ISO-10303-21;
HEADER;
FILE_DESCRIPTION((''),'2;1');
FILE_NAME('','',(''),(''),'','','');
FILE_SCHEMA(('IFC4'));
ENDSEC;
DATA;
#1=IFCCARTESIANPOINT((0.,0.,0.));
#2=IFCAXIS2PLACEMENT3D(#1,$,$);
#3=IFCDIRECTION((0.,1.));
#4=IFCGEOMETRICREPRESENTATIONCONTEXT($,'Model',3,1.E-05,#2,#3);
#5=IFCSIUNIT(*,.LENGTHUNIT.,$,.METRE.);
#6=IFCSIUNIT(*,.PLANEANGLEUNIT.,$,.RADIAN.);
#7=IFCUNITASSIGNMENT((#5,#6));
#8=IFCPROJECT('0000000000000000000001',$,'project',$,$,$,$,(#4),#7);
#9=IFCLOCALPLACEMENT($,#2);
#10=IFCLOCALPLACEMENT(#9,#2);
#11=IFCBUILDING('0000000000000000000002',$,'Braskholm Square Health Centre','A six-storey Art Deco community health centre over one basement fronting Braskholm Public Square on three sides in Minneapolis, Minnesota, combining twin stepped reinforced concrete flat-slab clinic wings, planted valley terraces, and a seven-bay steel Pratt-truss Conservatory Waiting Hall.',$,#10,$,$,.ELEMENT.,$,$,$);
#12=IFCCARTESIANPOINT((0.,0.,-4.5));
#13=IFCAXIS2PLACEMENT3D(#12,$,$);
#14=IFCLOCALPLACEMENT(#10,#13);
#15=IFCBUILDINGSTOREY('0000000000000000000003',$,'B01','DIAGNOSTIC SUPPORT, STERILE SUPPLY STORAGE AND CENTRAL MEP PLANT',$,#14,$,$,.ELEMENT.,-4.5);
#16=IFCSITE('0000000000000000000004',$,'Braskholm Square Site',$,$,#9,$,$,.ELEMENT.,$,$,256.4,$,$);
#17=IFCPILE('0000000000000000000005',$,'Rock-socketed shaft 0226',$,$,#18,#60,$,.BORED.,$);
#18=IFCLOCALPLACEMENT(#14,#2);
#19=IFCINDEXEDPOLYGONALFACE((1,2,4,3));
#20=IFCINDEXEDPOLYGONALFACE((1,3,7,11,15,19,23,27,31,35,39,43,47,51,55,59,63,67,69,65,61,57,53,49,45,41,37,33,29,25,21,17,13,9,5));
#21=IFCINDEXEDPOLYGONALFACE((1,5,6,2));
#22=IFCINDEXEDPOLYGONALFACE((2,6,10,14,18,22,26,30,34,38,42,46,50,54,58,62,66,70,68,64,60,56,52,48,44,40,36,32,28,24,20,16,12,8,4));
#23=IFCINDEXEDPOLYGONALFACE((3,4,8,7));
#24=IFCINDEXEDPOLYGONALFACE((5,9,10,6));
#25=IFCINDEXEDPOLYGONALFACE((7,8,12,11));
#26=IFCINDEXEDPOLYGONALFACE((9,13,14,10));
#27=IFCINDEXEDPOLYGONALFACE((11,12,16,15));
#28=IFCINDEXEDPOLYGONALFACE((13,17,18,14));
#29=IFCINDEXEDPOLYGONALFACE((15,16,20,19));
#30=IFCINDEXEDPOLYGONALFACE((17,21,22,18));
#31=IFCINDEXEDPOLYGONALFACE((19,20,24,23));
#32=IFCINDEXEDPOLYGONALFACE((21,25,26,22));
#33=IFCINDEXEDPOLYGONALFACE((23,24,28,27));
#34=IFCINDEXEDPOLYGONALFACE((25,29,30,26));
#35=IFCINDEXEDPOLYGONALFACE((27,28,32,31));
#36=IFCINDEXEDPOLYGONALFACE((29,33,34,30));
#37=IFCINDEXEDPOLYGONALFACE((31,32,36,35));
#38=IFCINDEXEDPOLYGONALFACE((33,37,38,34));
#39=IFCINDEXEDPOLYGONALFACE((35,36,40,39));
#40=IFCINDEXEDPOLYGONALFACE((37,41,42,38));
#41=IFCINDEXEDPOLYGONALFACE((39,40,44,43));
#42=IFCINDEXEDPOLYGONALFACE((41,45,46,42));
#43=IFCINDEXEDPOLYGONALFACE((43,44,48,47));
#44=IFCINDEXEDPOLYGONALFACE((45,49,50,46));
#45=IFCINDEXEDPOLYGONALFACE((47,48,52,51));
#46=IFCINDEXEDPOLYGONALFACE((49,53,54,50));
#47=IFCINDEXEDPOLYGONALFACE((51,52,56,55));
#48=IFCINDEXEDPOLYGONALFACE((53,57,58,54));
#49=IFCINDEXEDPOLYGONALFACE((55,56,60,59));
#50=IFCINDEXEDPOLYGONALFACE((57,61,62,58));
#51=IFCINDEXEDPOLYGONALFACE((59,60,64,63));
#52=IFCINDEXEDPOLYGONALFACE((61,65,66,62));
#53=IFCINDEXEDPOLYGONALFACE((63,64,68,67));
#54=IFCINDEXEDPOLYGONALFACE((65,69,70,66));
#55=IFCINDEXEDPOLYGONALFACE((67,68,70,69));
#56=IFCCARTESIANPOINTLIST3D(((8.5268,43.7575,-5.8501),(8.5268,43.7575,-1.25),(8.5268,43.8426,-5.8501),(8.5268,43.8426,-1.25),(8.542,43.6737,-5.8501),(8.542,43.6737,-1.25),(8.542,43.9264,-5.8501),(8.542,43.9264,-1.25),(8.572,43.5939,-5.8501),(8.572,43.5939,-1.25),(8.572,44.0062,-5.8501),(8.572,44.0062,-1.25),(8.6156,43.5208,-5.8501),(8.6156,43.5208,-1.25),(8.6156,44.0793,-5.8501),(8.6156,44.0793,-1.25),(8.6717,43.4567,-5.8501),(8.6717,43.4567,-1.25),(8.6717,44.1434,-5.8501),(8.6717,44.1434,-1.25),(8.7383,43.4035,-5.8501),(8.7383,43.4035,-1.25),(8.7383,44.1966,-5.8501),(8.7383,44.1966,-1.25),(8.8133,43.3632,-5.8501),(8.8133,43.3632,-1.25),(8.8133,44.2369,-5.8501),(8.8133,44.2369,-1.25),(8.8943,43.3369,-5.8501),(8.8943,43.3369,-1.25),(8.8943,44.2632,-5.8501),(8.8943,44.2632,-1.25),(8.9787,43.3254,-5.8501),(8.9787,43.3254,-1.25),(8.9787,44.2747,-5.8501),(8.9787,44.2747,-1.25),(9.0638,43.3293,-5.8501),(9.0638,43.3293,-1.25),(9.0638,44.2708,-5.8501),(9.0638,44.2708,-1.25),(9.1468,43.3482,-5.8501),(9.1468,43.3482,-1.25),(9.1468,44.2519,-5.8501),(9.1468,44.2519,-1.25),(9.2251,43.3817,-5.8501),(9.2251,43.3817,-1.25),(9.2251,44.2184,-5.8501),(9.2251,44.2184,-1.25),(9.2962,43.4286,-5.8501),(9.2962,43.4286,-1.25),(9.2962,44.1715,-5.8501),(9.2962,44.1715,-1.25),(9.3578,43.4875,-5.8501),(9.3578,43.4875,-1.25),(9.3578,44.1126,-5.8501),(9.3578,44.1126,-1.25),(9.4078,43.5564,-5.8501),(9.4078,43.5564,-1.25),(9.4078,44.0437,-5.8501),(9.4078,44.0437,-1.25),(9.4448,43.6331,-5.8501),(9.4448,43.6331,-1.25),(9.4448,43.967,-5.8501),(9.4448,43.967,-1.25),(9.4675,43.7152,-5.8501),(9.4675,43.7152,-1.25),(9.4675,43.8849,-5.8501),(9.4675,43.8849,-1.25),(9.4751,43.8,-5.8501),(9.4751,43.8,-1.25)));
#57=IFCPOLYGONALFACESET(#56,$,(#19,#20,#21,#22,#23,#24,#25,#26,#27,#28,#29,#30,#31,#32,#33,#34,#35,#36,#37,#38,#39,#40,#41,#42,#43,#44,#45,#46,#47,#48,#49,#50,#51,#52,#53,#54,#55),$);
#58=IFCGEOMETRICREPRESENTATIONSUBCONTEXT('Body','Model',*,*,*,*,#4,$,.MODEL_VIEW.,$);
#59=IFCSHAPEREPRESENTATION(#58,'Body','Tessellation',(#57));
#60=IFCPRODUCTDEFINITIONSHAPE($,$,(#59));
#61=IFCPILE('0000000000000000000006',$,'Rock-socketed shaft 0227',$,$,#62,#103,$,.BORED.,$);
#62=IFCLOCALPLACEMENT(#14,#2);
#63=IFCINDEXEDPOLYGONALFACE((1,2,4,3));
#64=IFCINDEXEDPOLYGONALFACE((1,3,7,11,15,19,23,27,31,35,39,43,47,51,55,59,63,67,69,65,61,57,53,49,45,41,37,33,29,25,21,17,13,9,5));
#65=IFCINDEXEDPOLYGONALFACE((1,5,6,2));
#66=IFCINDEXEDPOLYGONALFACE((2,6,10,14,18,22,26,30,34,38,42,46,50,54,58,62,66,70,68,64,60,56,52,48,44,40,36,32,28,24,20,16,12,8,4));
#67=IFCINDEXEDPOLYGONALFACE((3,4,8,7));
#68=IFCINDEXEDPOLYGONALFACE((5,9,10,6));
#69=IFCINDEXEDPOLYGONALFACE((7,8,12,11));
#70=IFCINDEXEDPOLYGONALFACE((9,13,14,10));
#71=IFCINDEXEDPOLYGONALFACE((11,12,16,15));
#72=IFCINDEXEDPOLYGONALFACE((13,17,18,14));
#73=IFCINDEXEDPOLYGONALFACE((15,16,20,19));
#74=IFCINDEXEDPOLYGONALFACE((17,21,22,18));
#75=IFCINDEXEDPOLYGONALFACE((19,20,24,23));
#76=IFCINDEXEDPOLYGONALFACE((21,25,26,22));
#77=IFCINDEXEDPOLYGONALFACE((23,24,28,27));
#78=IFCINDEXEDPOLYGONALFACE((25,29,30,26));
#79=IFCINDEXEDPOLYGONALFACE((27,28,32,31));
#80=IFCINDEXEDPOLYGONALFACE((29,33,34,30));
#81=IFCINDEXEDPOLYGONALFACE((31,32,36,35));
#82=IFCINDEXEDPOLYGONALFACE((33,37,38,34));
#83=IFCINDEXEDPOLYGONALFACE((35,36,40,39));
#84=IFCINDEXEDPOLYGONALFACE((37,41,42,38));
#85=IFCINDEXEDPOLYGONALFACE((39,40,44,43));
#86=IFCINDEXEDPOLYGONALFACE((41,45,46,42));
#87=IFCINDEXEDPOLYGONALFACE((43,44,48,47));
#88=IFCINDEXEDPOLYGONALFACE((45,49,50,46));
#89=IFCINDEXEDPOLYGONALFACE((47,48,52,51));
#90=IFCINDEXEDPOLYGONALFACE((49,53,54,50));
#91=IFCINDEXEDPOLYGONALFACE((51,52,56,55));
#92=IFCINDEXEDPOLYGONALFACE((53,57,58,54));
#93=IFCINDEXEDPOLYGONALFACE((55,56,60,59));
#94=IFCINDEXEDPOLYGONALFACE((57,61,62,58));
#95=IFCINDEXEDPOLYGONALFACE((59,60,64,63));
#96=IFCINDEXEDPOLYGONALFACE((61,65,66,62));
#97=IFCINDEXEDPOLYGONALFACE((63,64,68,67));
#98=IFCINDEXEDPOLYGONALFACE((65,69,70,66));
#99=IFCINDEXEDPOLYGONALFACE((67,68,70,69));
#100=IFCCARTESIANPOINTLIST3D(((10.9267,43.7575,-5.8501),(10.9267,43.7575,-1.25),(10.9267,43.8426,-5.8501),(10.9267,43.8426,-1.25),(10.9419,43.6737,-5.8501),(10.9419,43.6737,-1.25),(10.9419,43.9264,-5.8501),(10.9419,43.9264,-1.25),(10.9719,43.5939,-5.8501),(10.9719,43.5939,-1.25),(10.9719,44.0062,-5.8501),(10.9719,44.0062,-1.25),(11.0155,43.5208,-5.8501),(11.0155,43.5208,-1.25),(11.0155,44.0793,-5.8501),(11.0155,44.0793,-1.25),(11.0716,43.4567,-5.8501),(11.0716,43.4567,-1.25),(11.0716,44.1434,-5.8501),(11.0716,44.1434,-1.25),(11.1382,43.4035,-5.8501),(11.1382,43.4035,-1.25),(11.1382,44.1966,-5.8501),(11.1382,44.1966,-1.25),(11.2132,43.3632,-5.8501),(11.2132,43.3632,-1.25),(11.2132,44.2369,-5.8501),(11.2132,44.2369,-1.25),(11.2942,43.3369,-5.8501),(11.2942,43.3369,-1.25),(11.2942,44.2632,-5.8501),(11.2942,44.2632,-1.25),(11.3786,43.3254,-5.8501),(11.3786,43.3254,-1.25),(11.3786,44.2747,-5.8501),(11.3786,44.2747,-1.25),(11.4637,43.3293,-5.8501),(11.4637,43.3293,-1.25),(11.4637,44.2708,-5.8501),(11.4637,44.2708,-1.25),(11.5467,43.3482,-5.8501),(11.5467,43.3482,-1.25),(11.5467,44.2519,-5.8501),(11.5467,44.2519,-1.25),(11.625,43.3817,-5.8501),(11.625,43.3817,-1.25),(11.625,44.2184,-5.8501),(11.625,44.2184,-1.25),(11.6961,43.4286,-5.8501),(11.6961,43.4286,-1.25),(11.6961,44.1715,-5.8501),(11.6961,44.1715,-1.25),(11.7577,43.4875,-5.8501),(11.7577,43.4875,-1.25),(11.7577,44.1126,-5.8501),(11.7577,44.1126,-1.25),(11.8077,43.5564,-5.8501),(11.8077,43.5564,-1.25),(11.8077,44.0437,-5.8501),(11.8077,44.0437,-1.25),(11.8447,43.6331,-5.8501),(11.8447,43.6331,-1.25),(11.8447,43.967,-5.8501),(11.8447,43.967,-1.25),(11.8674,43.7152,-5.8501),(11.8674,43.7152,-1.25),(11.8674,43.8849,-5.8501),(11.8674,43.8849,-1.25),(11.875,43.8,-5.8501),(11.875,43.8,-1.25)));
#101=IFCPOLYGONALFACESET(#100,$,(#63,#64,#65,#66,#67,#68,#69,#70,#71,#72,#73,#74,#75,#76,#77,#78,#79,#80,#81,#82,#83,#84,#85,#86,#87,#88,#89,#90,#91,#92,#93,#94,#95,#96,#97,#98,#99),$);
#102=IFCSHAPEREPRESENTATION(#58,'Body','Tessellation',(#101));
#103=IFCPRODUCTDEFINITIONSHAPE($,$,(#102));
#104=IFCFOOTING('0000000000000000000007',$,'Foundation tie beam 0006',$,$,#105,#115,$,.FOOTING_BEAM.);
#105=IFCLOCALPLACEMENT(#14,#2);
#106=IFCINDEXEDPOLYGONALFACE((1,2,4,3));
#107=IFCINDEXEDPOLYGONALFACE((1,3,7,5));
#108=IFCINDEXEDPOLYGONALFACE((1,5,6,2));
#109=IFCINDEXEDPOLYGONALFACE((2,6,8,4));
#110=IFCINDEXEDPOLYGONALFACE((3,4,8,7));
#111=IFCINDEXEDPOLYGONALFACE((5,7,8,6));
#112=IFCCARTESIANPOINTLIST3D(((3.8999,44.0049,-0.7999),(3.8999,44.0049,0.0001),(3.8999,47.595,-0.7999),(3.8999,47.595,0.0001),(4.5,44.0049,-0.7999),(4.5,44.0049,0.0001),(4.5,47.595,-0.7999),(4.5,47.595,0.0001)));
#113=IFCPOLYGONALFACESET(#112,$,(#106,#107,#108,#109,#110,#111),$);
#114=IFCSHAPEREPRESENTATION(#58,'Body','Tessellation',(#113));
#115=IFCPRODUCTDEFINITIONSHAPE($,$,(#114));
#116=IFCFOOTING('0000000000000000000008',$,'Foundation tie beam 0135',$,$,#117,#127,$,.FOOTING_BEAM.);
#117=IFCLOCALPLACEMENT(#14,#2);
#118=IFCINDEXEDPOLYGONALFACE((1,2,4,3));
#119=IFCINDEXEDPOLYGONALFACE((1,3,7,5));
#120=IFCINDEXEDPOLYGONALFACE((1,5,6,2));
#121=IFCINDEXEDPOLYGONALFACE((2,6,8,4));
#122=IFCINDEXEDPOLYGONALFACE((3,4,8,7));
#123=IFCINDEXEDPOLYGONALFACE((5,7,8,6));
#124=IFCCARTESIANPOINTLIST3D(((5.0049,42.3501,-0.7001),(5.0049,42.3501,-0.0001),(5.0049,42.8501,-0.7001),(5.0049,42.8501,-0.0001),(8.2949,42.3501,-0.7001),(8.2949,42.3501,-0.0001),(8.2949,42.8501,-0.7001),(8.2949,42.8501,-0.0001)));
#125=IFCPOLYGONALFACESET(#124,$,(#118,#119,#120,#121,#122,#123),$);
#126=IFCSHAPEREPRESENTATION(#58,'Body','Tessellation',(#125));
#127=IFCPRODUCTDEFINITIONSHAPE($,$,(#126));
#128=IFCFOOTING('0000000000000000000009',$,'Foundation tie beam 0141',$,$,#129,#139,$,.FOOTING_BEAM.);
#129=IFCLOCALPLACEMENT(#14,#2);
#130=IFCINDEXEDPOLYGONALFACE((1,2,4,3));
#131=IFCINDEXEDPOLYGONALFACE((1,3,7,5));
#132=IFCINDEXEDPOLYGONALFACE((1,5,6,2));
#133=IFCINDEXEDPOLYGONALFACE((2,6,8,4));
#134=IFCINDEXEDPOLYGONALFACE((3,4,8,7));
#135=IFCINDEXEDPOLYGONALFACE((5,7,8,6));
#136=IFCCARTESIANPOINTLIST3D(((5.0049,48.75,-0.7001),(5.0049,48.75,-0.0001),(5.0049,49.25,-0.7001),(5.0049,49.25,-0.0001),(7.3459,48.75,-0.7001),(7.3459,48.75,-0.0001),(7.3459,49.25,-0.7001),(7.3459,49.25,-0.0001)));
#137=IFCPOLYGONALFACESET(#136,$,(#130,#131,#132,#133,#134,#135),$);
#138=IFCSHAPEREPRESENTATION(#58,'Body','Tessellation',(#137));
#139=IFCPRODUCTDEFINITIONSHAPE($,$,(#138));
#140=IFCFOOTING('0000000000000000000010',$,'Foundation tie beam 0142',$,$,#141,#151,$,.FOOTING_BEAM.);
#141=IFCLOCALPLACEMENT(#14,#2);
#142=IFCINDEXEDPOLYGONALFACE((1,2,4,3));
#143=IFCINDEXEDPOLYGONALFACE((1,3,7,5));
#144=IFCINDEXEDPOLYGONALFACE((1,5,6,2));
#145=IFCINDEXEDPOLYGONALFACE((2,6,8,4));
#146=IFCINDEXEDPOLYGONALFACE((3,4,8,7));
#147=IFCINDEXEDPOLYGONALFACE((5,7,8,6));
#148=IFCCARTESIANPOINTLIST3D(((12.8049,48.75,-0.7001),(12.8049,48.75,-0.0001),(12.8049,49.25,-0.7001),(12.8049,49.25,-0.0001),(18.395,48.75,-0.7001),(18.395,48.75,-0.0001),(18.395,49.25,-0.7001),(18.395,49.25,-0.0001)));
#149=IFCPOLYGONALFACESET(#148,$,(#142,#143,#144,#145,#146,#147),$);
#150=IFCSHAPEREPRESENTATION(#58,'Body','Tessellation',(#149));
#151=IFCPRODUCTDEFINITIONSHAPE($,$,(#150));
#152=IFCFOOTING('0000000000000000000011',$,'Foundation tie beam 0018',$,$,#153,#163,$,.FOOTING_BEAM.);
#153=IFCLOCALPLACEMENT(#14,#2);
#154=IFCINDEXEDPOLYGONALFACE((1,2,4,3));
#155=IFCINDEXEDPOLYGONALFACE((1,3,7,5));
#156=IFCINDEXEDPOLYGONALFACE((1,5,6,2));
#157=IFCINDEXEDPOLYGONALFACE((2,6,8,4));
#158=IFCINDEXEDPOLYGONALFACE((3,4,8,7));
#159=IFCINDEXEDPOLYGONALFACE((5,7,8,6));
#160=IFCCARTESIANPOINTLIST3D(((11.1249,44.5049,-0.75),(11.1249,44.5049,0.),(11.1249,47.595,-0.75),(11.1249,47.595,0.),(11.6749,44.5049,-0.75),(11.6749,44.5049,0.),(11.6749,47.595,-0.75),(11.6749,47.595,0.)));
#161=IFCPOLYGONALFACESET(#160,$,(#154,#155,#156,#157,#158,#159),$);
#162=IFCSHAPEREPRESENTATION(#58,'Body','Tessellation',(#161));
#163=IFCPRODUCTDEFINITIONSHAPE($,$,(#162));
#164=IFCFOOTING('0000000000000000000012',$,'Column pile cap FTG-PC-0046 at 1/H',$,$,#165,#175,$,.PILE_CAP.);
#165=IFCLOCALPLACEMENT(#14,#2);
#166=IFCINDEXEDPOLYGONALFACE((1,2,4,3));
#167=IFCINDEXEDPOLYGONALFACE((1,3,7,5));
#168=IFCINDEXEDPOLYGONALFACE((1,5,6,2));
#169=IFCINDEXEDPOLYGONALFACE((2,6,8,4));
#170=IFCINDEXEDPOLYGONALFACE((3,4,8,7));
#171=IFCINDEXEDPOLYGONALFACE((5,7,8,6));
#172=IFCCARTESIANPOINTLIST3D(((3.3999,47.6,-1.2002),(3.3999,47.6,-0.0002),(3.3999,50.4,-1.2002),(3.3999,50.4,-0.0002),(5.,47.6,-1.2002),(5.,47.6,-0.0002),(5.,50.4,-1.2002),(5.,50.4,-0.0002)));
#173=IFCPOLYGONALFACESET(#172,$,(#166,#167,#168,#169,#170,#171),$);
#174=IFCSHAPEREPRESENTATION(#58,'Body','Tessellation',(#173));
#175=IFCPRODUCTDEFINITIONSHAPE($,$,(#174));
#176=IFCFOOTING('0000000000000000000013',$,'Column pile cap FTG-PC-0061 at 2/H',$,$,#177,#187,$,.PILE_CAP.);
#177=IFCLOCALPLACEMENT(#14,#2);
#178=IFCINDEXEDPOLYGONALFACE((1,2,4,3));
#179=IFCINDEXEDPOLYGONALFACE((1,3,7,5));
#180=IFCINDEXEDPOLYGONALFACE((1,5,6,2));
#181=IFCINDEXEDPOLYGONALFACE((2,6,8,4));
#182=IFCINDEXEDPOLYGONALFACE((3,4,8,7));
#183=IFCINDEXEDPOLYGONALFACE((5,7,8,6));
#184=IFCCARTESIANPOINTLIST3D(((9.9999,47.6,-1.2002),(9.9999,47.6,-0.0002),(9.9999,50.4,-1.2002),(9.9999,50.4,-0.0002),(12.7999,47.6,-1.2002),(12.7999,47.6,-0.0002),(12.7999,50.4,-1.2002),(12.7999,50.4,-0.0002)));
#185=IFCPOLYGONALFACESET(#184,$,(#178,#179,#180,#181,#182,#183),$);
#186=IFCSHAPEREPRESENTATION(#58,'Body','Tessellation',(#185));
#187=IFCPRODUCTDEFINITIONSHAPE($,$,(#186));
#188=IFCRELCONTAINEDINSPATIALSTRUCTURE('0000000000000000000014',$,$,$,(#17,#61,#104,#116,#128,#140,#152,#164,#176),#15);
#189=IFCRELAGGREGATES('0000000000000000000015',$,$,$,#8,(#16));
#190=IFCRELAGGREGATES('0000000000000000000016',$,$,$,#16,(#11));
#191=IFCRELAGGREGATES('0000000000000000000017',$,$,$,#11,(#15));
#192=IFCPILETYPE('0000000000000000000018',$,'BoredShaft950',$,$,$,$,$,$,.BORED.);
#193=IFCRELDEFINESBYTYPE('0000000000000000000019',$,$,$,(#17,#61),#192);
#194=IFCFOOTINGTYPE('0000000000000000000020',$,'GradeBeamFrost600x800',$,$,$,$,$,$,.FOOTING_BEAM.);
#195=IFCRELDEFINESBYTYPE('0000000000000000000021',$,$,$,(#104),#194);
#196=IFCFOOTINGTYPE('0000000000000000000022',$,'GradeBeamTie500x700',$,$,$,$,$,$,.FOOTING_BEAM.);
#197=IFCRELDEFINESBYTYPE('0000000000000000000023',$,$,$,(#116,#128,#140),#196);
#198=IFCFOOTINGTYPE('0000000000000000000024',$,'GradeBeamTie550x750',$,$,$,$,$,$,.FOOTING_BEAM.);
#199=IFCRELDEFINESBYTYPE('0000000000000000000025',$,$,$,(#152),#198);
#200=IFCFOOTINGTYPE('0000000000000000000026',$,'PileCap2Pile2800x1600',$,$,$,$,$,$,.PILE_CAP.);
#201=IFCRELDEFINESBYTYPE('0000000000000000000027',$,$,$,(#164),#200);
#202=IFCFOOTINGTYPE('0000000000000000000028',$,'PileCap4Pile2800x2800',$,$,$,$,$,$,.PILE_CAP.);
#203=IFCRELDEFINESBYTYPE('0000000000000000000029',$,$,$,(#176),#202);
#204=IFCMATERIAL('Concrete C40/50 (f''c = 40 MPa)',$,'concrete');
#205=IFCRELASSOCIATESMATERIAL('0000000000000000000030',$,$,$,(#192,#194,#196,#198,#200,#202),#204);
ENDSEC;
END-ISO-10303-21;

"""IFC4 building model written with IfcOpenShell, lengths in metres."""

from ifc_helpers import new_model, si_unit, direction, frame, origin, origin_2d, place, context, subcontext, project, spatial, rectangle, circle, extrude, material, material_profile, profile_set, type_object, element, save


model = new_model("IFC4")

# Units and contexts
model_context = context("Model", 3, precision=1e-05, world=origin(), true_north=direction((0.0, 1.0)))
body_context = subcontext(model_context, "Body", "Model", "MODEL_VIEW")
ifc_project = project(units=[si_unit("LENGTHUNIT", "METRE"), si_unit("PLANEANGLEUNIT", "RADIAN")], contexts=[model_context])

# Site, building, storey
site_placement = place(None, origin())
site = spatial("IfcSite", under=ifc_project, at=site_placement, Name="Braskholm Square Site", CompositionType="ELEMENT", RefElevation=256.4)
building_placement = place(site_placement, origin())
building = spatial("IfcBuilding", under=site, at=building_placement, Name="Braskholm Square Health Centre", Description="A six-storey Art Deco community health centre over one basement fronting Braskholm Public Square on three sides in Minneapolis, Minnesota, combining twin stepped reinforced concrete flat-slab clinic wings, planted valley terraces, and a seven-bay steel Pratt-truss Conservatory Waiting Hall.", CompositionType="ELEMENT")
storey_placement = place(building_placement, frame((0.0, 0.0, -4.5)))
storey = spatial("IfcBuildingStorey", under=building, at=storey_placement, Name="B01", Description="DIAGNOSTIC SUPPORT, STERILE SUPPLY STORAGE AND CENTRAL MEP PLANT", CompositionType="ELEMENT", Elevation=-4.5)

# Piles
ifc_material_1 = material(Name="Concrete C40/50 (f'c = 40 MPa)", Category="concrete")
ifc_material_profile_1 = material_profile(ifc_material_1, circle(Radius=0.4751, at=origin_2d()), Name="BORED-PILE-950")
ifc_profile_set_1 = profile_set([ifc_material_profile_1], Name="Concrete C40/50 (f'c = 40 MPa)")
pile_type_1 = type_object("IfcPileType", Name="BoredShaft950", PredefinedType="BORED", material=ifc_profile_set_1)
for number, where, z_axis, x_axis, name in (
    (1, (9.0, 43.8, -1.25), (0.0, 0.0, -1.0), (1.0, 0.0, 0.0), "Rock-socketed shaft 0226"),
    (2, (11.3999, 43.8, -1.25), (0.0, 0.0, -1.0), (1.0, 0.0, 0.0), "Rock-socketed shaft 0227"),
):
    element("IfcPile", number, at=place(storey_placement, frame(where, z_axis=z_axis, x_axis=x_axis)), inside=storey, type_object=pile_type_1, Name=name, PredefinedType="BORED", context=body_context, shape_type="SweptSolid", body=[
        extrude(circle(Radius=0.4751, at=origin_2d()), origin(), (0.0, 0.0, 1.0), 4.6001),
    ])

# Footings
ifc_material_profile_2 = material_profile(ifc_material_1, rectangle(XDim=0.6001, YDim=0.8, at=origin_2d()), Name="FTG-600X800")
ifc_profile_set_2 = profile_set([ifc_material_profile_2], Name="Concrete C40/50 (f'c = 40 MPa)")
footing_type_1 = type_object("IfcFootingType", Name="GradeBeamFrost600x800", PredefinedType="FOOTING_BEAM", material=ifc_profile_set_2)
footing_1_placement = place(storey_placement, frame((4.2, 44.0049, -0.3999), z_axis=(0.0, 1.0, 0.0), x_axis=(-1.0, 0.0, 0.0)))
element("IfcFooting", 3, at=footing_1_placement, inside=storey, type_object=footing_type_1, Name="Foundation tie beam 0006", PredefinedType="FOOTING_BEAM", context=body_context, shape_type="SweptSolid", body=[
    extrude(rectangle(XDim=0.6001, YDim=0.8, at=origin_2d()), origin(), (0.0, 0.0, 1.0), 3.5901),
])
ifc_material_profile_3 = material_profile(ifc_material_1, rectangle(XDim=0.5, YDim=0.7, at=origin_2d()), Name="FTG-500X700")
ifc_profile_set_3 = profile_set([ifc_material_profile_3], Name="Concrete C40/50 (f'c = 40 MPa)")
footing_type_2 = type_object("IfcFootingType", Name="GradeBeamTie500x700", PredefinedType="FOOTING_BEAM", material=ifc_profile_set_3)
footing_2_placement = place(storey_placement, frame((5.0049, 42.6001, -0.3501), z_axis=(1.0, 0.0, 0.0), x_axis=(0.0, 1.0, 0.0)))
element("IfcFooting", 4, at=footing_2_placement, inside=storey, type_object=footing_type_2, Name="Foundation tie beam 0135", PredefinedType="FOOTING_BEAM", context=body_context, shape_type="SweptSolid", body=[
    extrude(rectangle(XDim=0.5, YDim=0.7, at=origin_2d()), origin(), (0.0, 0.0, 1.0), 3.29),
])
footing_3_placement = place(storey_placement, frame((5.0049, 49.0, -0.3501), z_axis=(1.0, 0.0, 0.0), x_axis=(0.0, 1.0, 0.0)))
element("IfcFooting", 5, at=footing_3_placement, inside=storey, type_object=footing_type_2, Name="Foundation tie beam 0141", PredefinedType="FOOTING_BEAM", context=body_context, shape_type="SweptSolid", body=[
    extrude(rectangle(XDim=0.5, YDim=0.7, at=origin_2d()), origin(), (0.0, 0.0, 1.0), 2.3411),
])
footing_4_placement = place(storey_placement, frame((12.8049, 49.0, -0.3501), z_axis=(1.0, 0.0, 0.0), x_axis=(0.0, 1.0, 0.0)))
element("IfcFooting", 6, at=footing_4_placement, inside=storey, type_object=footing_type_2, Name="Foundation tie beam 0142", PredefinedType="FOOTING_BEAM", context=body_context, shape_type="SweptSolid", body=[
    extrude(rectangle(XDim=0.5, YDim=0.7, at=origin_2d()), origin(), (0.0, 0.0, 1.0), 5.5901),
])
ifc_material_profile_4 = material_profile(ifc_material_1, rectangle(XDim=0.55, YDim=0.75, at=origin_2d()), Name="FTG-550X750")
ifc_profile_set_4 = profile_set([ifc_material_profile_4], Name="Concrete C40/50 (f'c = 40 MPa)")
footing_type_3 = type_object("IfcFootingType", Name="GradeBeamTie550x750", PredefinedType="FOOTING_BEAM", material=ifc_profile_set_4)
footing_5_placement = place(storey_placement, frame((11.3999, 44.5049, -0.375), z_axis=(0.0, 1.0, 0.0), x_axis=(-1.0, 0.0, 0.0)))
element("IfcFooting", 7, at=footing_5_placement, inside=storey, type_object=footing_type_3, Name="Foundation tie beam 0018", PredefinedType="FOOTING_BEAM", context=body_context, shape_type="SweptSolid", body=[
    extrude(rectangle(XDim=0.55, YDim=0.75, at=origin_2d()), origin(), (0.0, 0.0, 1.0), 3.0901),
])
footing_type_4 = type_object("IfcFootingType", Name="PileCap2Pile2800x1600", PredefinedType="PILE_CAP", material=ifc_material_1)
footing_6_placement = place(storey_placement, frame((4.2, 49.0, -1.2002), z_axis=(0.0, 0.0, 1.0), x_axis=(0.0, 1.0, 0.0)))
element("IfcFooting", 8, at=footing_6_placement, inside=storey, type_object=footing_type_4, Name="Column pile cap FTG-PC-0046 at 1/H", PredefinedType="PILE_CAP", context=body_context, shape_type="SweptSolid", body=[
    extrude(rectangle(XDim=2.8, YDim=1.6001, at=origin_2d()), origin(), (0.0, 0.0, 1.0), 1.2),
])
footing_type_5 = type_object("IfcFootingType", Name="PileCap4Pile2800x2800", PredefinedType="PILE_CAP", material=ifc_material_1)
footing_7_placement = place(storey_placement, frame((11.3999, 49.0, -1.2002), z_axis=(0.0, 0.0, 1.0), x_axis=(1.0, 0.0, 0.0)))
element("IfcFooting", 9, at=footing_7_placement, inside=storey, type_object=footing_type_5, Name="Column pile cap FTG-PC-0061 at 2/H", PredefinedType="PILE_CAP", context=body_context, shape_type="SweptSolid", body=[
    extrude(rectangle(XDim=2.8, YDim=2.8, at=origin_2d()), origin(), (0.0, 0.0, 1.0), 1.2),
])

save(model, "model.ifc")
